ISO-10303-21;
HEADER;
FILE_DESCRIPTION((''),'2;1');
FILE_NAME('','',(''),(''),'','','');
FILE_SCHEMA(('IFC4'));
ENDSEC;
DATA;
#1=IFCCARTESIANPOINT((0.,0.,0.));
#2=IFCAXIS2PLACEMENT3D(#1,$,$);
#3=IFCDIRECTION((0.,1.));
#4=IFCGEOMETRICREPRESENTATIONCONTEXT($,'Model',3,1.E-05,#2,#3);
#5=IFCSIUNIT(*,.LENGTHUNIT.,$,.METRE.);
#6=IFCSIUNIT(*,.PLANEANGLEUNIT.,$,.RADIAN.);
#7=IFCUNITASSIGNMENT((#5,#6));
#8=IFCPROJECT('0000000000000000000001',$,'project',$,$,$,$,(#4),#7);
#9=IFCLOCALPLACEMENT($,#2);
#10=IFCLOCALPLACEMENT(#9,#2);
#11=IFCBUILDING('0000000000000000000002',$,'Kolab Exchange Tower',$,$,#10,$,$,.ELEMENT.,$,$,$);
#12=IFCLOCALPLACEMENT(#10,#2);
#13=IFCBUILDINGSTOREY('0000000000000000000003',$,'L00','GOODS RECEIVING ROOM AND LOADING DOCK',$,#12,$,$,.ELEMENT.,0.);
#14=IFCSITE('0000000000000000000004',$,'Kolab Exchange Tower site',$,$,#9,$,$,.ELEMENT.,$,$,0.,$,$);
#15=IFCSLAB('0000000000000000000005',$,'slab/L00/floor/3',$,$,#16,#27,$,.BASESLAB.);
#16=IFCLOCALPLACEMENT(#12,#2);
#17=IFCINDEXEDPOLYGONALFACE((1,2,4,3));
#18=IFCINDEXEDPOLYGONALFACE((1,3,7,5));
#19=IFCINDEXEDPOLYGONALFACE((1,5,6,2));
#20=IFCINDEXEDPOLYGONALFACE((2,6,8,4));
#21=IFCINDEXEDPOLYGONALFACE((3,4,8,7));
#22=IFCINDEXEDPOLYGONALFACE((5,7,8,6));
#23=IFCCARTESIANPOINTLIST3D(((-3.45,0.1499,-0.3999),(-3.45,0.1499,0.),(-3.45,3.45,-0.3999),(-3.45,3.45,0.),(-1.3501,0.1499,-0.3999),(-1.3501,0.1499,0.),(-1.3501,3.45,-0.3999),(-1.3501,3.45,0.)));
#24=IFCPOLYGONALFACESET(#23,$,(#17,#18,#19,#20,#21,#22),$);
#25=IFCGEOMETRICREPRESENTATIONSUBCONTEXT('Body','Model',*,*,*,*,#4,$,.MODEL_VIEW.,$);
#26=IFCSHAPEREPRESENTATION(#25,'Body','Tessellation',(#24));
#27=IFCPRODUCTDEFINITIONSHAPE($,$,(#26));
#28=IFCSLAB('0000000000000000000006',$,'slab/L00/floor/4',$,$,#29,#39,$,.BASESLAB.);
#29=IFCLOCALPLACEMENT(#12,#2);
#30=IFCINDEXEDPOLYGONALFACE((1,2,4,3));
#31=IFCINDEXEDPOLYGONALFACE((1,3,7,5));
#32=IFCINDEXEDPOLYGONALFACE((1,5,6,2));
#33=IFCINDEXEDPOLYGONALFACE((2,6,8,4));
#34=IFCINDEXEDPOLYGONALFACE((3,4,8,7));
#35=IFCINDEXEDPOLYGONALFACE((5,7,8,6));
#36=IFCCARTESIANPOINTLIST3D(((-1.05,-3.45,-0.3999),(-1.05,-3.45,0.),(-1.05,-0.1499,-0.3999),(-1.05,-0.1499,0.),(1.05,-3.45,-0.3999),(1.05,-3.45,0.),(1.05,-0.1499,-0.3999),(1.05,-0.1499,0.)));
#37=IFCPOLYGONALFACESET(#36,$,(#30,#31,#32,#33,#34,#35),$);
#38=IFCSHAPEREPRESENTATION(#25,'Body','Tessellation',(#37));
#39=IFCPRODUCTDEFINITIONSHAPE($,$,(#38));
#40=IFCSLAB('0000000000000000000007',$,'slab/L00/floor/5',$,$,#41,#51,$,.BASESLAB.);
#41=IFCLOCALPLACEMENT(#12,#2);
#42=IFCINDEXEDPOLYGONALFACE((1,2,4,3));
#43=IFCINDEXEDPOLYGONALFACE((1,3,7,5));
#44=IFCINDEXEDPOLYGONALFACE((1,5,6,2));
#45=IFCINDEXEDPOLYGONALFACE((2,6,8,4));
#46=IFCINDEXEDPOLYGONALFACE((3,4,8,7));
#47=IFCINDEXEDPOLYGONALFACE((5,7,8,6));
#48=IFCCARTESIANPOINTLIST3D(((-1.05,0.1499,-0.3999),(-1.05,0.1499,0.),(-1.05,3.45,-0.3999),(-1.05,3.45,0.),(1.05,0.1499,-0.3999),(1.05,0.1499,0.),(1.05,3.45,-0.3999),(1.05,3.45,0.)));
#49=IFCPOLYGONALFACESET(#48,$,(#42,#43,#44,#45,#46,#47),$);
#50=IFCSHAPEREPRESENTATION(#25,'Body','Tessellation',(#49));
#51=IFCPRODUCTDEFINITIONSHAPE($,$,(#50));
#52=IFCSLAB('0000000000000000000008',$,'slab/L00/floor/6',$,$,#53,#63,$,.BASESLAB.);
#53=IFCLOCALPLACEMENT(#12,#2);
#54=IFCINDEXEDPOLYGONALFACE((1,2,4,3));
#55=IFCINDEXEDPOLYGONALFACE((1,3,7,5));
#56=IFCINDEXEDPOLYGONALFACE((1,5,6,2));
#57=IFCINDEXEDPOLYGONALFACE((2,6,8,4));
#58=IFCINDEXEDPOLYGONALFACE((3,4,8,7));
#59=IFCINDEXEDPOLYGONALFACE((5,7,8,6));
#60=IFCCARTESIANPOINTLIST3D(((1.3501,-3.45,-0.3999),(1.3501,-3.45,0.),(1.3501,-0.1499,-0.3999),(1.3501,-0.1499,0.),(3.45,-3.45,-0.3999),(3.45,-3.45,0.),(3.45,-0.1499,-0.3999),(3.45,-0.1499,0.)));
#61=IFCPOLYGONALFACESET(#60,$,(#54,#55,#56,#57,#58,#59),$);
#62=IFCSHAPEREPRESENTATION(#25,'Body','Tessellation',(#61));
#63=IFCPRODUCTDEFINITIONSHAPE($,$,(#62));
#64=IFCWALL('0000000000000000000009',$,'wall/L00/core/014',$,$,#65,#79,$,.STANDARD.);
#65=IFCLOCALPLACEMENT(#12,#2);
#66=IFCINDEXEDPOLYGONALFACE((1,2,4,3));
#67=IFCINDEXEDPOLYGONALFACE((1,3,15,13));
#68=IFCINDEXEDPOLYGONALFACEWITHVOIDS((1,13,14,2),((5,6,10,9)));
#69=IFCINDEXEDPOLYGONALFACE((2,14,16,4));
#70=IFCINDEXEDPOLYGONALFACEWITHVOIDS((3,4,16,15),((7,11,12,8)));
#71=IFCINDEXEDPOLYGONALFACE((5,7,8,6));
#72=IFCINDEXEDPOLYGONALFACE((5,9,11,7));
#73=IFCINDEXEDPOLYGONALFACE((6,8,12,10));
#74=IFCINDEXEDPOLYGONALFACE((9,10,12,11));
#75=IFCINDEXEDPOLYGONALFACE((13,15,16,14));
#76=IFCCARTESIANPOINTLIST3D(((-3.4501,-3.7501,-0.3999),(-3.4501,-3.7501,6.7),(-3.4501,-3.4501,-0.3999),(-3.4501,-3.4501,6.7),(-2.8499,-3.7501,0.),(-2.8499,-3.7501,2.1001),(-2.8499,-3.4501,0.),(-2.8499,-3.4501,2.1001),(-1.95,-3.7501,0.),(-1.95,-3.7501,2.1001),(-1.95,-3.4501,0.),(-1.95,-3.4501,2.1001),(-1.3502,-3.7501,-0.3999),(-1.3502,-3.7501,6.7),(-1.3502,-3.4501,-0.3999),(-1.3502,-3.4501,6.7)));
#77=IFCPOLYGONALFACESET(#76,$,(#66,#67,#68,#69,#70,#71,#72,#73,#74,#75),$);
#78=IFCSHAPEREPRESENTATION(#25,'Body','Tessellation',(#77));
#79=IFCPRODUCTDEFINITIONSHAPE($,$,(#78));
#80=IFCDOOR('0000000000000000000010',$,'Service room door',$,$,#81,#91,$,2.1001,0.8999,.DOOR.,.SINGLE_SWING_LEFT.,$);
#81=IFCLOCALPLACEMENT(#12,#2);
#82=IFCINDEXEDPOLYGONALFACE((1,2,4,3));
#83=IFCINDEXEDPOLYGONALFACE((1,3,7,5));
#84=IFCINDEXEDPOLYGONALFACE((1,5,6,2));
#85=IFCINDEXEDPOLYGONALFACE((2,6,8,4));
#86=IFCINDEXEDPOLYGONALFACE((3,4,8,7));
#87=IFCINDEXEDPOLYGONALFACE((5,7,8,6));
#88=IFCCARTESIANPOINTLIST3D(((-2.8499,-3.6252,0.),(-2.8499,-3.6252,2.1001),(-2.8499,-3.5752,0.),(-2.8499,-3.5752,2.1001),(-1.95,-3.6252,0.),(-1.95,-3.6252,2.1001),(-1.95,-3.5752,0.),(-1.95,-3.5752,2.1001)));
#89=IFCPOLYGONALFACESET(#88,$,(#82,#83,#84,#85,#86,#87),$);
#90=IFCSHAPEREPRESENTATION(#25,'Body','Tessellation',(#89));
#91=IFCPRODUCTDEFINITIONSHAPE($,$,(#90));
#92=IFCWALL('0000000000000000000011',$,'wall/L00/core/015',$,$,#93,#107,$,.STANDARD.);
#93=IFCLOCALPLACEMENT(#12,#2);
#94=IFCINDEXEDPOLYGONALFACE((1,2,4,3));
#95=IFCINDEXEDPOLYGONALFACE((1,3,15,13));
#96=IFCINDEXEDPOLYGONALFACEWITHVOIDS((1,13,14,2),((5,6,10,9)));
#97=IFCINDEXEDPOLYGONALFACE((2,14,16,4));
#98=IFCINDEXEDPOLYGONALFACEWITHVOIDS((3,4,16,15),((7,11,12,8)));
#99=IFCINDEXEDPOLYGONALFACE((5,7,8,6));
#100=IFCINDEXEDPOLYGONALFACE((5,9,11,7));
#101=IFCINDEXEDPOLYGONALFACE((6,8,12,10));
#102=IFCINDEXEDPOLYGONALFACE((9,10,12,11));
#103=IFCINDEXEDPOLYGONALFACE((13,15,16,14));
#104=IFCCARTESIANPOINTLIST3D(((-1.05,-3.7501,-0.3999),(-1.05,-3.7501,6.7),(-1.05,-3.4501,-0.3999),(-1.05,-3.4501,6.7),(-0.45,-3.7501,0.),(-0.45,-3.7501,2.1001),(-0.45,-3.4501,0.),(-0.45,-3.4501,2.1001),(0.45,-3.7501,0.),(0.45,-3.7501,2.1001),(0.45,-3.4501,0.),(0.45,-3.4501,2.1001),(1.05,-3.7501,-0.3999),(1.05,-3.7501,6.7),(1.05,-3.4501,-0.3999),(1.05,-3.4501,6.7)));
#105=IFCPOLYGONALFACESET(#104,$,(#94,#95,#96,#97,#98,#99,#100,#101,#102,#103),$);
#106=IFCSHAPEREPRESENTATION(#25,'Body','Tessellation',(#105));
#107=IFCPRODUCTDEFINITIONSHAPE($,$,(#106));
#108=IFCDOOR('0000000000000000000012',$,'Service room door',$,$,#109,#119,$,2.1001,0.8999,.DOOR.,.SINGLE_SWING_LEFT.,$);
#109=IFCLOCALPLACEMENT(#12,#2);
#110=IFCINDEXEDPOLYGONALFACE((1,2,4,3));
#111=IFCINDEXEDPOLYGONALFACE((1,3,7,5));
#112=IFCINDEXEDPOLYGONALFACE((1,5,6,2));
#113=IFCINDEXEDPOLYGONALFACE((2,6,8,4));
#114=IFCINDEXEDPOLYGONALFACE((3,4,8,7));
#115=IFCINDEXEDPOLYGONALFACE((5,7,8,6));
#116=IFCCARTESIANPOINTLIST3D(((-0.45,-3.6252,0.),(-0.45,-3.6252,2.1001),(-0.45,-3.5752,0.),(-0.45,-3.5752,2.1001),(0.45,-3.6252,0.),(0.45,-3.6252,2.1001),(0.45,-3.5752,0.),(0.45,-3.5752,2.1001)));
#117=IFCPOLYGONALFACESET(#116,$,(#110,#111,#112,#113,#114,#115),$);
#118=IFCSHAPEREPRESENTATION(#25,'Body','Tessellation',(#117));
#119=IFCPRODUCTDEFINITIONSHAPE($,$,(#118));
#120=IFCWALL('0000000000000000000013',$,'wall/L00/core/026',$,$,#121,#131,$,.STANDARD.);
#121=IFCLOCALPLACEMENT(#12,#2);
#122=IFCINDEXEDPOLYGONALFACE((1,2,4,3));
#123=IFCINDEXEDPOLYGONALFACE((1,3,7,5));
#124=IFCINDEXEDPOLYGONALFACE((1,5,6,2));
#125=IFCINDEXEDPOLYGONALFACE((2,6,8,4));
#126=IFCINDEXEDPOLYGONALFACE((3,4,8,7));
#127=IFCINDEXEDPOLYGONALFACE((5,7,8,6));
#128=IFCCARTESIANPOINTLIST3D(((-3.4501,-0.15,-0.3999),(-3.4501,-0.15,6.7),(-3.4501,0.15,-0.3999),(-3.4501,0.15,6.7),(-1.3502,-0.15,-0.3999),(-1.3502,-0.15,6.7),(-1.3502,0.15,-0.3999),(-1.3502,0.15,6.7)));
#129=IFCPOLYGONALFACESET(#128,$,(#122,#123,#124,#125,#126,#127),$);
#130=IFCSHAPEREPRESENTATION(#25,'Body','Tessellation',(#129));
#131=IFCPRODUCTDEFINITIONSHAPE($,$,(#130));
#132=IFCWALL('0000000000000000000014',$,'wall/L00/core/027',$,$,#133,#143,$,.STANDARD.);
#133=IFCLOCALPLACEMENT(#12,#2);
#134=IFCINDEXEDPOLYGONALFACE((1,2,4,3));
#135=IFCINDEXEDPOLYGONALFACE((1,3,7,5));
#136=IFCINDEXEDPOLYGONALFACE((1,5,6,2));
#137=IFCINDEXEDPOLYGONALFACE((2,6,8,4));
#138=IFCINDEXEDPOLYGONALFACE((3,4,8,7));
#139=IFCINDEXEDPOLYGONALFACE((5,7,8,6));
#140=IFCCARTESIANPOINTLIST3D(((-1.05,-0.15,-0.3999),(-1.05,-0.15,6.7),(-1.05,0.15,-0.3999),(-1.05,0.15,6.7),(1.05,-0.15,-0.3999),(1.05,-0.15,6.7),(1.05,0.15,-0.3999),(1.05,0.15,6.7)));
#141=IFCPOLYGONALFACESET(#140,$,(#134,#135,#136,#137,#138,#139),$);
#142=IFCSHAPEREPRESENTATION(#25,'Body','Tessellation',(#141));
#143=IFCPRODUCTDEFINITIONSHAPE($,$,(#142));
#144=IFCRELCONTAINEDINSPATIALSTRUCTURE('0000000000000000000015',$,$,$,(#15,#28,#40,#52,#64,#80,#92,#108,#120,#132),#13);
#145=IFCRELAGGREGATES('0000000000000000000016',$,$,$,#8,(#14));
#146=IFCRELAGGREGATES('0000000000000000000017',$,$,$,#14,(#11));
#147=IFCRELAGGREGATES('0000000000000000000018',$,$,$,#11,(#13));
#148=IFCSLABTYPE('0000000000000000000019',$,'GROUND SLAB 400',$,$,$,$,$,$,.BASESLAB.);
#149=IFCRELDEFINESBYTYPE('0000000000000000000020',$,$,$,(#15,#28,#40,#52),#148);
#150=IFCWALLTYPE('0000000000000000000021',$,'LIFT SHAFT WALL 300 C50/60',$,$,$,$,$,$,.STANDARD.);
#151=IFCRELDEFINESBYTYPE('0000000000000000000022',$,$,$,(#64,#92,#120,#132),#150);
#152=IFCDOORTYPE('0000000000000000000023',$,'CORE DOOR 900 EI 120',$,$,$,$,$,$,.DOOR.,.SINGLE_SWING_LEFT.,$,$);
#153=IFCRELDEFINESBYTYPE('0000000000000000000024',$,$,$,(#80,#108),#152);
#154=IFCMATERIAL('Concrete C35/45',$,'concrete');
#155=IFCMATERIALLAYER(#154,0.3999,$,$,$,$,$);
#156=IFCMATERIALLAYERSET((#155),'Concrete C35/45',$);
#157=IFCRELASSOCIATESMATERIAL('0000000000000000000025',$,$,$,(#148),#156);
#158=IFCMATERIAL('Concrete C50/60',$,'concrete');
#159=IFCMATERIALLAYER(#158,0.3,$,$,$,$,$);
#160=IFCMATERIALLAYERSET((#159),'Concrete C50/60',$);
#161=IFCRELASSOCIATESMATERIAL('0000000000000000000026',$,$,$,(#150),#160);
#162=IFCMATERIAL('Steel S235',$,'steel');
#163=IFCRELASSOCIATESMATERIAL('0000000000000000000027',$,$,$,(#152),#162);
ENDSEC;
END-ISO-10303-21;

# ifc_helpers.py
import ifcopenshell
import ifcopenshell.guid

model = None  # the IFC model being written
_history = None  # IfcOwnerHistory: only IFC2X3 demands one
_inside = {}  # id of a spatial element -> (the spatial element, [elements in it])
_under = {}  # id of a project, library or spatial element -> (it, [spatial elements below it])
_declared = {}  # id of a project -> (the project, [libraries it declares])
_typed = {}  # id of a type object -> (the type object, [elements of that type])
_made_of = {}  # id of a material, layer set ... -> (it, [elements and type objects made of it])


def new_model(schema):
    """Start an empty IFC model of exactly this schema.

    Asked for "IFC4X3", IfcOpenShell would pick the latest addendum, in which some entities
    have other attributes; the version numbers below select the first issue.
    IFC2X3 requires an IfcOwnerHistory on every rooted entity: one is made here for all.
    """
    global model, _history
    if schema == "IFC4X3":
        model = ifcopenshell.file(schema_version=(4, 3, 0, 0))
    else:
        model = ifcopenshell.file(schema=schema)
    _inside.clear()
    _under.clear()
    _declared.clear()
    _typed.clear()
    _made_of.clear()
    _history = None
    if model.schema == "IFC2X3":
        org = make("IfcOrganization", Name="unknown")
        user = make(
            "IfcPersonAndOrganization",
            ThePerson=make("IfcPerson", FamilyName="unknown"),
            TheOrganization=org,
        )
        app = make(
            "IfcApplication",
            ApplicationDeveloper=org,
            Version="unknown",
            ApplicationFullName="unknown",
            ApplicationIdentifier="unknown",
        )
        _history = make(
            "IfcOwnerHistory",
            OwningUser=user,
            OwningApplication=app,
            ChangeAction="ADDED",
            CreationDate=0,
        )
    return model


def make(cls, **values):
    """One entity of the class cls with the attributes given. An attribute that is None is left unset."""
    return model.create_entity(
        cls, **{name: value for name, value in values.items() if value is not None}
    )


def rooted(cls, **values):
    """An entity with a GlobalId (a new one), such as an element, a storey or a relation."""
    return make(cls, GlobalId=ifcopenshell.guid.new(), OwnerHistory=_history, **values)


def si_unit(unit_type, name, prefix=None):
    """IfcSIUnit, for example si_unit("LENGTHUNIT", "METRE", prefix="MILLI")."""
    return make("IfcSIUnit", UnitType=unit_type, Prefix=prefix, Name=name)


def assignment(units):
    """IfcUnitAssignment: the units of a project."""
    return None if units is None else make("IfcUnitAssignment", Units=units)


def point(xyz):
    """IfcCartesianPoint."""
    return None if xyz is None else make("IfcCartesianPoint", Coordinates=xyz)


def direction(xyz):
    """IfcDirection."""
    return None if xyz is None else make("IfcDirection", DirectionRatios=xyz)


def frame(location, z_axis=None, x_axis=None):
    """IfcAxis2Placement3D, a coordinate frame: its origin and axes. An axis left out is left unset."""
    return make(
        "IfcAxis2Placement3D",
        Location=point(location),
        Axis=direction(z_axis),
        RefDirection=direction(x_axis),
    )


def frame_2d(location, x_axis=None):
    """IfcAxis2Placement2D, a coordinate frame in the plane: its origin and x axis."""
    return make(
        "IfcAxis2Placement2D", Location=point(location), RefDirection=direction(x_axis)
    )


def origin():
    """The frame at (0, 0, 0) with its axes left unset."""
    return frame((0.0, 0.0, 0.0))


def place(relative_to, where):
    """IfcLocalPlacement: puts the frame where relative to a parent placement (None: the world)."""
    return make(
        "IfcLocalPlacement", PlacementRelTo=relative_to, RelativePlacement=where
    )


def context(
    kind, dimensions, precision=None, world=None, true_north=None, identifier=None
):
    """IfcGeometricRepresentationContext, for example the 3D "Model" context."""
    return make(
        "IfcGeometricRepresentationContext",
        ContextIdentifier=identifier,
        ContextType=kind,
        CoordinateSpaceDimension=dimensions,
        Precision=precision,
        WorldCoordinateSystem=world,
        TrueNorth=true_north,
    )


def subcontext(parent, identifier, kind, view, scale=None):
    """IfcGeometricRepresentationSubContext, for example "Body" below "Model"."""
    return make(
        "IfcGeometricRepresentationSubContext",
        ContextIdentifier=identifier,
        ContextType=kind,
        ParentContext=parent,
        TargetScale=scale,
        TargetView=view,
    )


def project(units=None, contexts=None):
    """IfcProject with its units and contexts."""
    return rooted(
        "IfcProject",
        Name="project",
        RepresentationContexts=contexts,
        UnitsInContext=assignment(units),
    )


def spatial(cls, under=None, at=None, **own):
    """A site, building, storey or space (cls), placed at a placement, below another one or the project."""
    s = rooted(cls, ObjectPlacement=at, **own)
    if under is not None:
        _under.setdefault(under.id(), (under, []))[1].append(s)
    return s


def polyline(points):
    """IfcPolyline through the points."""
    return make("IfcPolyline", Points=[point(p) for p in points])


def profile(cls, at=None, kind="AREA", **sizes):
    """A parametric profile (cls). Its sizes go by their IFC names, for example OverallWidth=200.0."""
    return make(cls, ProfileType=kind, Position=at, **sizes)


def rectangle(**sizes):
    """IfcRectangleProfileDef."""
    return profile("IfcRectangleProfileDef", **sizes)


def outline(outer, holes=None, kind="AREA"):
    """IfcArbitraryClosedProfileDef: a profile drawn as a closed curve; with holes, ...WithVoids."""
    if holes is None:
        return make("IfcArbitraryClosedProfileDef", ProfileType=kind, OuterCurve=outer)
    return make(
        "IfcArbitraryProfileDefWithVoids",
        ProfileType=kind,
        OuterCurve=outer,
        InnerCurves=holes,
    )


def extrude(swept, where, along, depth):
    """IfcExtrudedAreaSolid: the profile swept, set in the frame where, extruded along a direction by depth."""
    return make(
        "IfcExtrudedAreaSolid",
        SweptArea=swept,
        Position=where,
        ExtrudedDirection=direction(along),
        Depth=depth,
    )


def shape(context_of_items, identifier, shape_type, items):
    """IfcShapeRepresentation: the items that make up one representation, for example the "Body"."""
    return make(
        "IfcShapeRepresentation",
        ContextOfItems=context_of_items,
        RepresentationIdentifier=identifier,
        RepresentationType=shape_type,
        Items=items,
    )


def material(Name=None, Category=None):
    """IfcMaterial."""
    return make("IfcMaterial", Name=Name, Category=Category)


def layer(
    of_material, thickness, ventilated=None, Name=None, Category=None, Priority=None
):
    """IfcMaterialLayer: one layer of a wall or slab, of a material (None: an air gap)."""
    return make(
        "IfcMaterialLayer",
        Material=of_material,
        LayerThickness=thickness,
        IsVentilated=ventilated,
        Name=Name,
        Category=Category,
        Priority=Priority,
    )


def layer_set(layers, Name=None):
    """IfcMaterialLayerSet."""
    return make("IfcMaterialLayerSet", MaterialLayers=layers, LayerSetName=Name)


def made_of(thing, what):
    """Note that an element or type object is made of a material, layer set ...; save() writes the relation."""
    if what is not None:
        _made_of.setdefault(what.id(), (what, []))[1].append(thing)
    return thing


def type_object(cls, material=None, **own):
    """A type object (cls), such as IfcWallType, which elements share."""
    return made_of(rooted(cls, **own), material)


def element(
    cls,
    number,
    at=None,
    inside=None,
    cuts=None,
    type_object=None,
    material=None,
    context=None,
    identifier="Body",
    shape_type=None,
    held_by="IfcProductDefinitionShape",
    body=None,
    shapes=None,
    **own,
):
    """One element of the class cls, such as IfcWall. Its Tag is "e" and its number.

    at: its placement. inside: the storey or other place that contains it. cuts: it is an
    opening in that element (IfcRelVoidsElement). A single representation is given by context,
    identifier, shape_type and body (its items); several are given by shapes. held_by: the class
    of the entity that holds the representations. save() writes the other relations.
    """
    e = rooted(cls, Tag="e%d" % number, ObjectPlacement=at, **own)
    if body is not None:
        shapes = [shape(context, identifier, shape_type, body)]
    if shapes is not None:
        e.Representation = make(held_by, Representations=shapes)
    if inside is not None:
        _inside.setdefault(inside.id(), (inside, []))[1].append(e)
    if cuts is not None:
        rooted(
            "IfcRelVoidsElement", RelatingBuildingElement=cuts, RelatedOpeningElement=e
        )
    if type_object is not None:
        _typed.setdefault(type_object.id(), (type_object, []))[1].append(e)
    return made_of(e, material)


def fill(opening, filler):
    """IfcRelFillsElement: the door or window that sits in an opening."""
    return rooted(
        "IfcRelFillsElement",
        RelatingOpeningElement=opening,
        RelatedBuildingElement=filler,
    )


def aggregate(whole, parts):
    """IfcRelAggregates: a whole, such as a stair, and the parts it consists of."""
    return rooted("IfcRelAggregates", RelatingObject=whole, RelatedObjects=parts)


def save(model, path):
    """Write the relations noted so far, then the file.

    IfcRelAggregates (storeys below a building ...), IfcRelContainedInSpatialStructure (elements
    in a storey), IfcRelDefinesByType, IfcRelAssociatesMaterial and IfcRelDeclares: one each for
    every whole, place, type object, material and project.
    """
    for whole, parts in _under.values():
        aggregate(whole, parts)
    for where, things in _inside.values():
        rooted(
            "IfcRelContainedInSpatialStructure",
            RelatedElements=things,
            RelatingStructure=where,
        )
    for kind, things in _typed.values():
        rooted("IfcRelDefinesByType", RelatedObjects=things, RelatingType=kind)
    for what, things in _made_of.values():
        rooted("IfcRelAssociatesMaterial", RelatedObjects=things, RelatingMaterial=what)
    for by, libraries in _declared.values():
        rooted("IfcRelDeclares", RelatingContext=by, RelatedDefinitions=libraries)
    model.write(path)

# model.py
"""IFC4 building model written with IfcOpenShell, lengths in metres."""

from ifc_helpers import new_model, si_unit, direction, frame, frame_2d, origin, place, context, subcontext, project, spatial, polyline, rectangle, outline, extrude, material, layer, layer_set, type_object, element, fill, save


model = new_model("IFC4")

# Units and contexts
model_context = context("Model", 3, precision=1e-05, world=origin(), true_north=direction((0.0, 1.0)))
body_context = subcontext(model_context, "Body", "Model", "MODEL_VIEW")
ifc_project = project(units=[si_unit("LENGTHUNIT", "METRE"), si_unit("PLANEANGLEUNIT", "RADIAN")], contexts=[model_context])

# Site, building, storey
site_placement = place(None, origin())
site = spatial("IfcSite", under=ifc_project, at=site_placement, Name="Kolab Exchange Tower site", CompositionType="ELEMENT", RefElevation=0.0)
building_placement = place(site_placement, origin())
building = spatial("IfcBuilding", under=site, at=building_placement, Name="Kolab Exchange Tower", CompositionType="ELEMENT")
storey_placement = place(building_placement, origin())
storey = spatial("IfcBuildingStorey", under=building, at=storey_placement, Name="L00", Description="GOODS RECEIVING ROOM AND LOADING DOCK", CompositionType="ELEMENT", Elevation=0.0)

# Shared definitions
ifc_material_1 = material(Name="Concrete C35/45", Category="concrete")

# Slabs
ifc_layer_1 = layer(ifc_material_1, 0.3999)
ifc_layer_set_1 = layer_set([ifc_layer_1], Name="Concrete C35/45")
slab_type = type_object("IfcSlabType", Name="GROUND SLAB 400", PredefinedType="BASESLAB", material=ifc_layer_set_1)
slab_1_placement = place(storey_placement, frame((0.0, 0.0, -0.3999)))
element("IfcSlab", 1, at=slab_1_placement, inside=storey, type_object=slab_type, Name="slab/L00/floor/3", PredefinedType="BASESLAB", context=body_context, shape_type="SweptSolid", body=[
    extrude(outline(polyline([(-1.3501, 3.45), (-3.45, 3.45), (-3.45, 0.1499), (-1.3501, 0.1499), (-1.3501, 3.45)])), origin(), (0.0, 0.0, 1.0), 0.3999),
])
slab_2_placement = place(storey_placement, frame((0.0, 0.0, -0.3999)))
element("IfcSlab", 2, at=slab_2_placement, inside=storey, type_object=slab_type, Name="slab/L00/floor/4", PredefinedType="BASESLAB", context=body_context, shape_type="SweptSolid", body=[
    extrude(outline(polyline([(-1.05, -3.45), (1.05, -3.45), (1.05, -0.1499), (-1.05, -0.1499), (-1.05, -3.45)])), origin(), (0.0, 0.0, 1.0), 0.3999),
])
slab_3_placement = place(storey_placement, frame((0.0, 0.0, -0.3999)))
element("IfcSlab", 3, at=slab_3_placement, inside=storey, type_object=slab_type, Name="slab/L00/floor/5", PredefinedType="BASESLAB", context=body_context, shape_type="SweptSolid", body=[
    extrude(outline(polyline([(1.05, 0.1499), (1.05, 3.45), (-1.05, 3.45), (-1.05, 0.1499), (1.05, 0.1499)])), origin(), (0.0, 0.0, 1.0), 0.3999),
])
slab_4_placement = place(storey_placement, frame((0.0, 0.0, -0.3999)))
element("IfcSlab", 4, at=slab_4_placement, inside=storey, type_object=slab_type, Name="slab/L00/floor/6", PredefinedType="BASESLAB", context=body_context, shape_type="SweptSolid", body=[
    extrude(outline(polyline([(1.3501, -3.45), (3.45, -3.45), (3.45, -0.1499), (1.3501, -0.1499), (1.3501, -3.45)])), origin(), (0.0, 0.0, 1.0), 0.3999),
])

# Walls, openings, doors
ifc_material_2 = material(Name="Concrete C50/60", Category="concrete")
ifc_layer_2 = layer(ifc_material_2, 0.3)
ifc_layer_set_2 = layer_set([ifc_layer_2], Name="Concrete C50/60")
wall_type_1 = type_object("IfcWallType", Name="LIFT SHAFT WALL 300 C50/60", PredefinedType="STANDARD", material=ifc_layer_set_2)
wall_1_placement = place(storey_placement, frame((-3.45, -3.6001, -0.3999), z_axis=(0.0, 0.0, 1.0), x_axis=(1.0, 0.0, 0.0)))
wall_1 = element("IfcWall", 5, at=wall_1_placement, inside=storey, type_object=wall_type_1, Name="wall/L00/core/014", PredefinedType="STANDARD", context=body_context, shape_type="SweptSolid", body=[
    extrude(rectangle(XDim=2.0999, YDim=0.3, at=frame_2d((1.0498, 0.0))), origin(), (0.0, 0.0, 1.0), 7.0999),
])
opening_1_placement = place(wall_1_placement, frame((0.6001, 0.0, 0.3999)))
opening_1 = element("IfcOpeningElement", 6, at=opening_1_placement, cuts=wall_1, PredefinedType="OPENING", context=body_context, shape_type="SweptSolid", body=[
    extrude(rectangle(XDim=0.8999, YDim=2.1001, at=frame_2d((0.45, 1.05))), frame((0.0, 0.1602, 0.0), z_axis=(0.0, -1.0, 0.0), x_axis=(1.0, 0.0, 0.0)), (0.0, 0.0, 1.0), 0.3201),
])
ifc_material_3 = material(Name="Steel S235", Category="steel")
door_type_1 = type_object("IfcDoorType", Name="CORE DOOR 900 EI 120", OperationType="SINGLE_SWING_LEFT", PredefinedType="DOOR", material=ifc_material_3)
door_1_placement = place(opening_1_placement, origin())
door_1 = element("IfcDoor", 7, at=door_1_placement, inside=storey, type_object=door_type_1, Name="Service room door", OperationType="SINGLE_SWING_LEFT", OverallHeight=2.1001, OverallWidth=0.8999, PredefinedType="DOOR", context=body_context, shape_type="SweptSolid", body=[
    extrude(rectangle(XDim=0.8999, YDim=2.1001, at=frame_2d((0.45, 1.05))), frame((0.0, 0.0249, 0.0), z_axis=(0.0, -1.0, 0.0), x_axis=(1.0, 0.0, 0.0)), (0.0, 0.0, 1.0), 0.05),
])
fill(opening_1, door_1)
wall_2_placement = place(storey_placement, frame((-1.05, -3.6001, -0.3999), z_axis=(0.0, 0.0, 1.0), x_axis=(1.0, 0.0, 0.0)))
wall_2 = element("IfcWall", 8, at=wall_2_placement, inside=storey, type_object=wall_type_1, Name="wall/L00/core/015", PredefinedType="STANDARD", context=body_context, shape_type="SweptSolid", body=[
    extrude(rectangle(XDim=2.1001, YDim=0.3, at=frame_2d((1.05, 0.0))), origin(), (0.0, 0.0, 1.0), 7.0999),
])
opening_2_placement = place(wall_2_placement, frame((0.6001, 0.0, 0.3999)))
opening_2 = element("IfcOpeningElement", 9, at=opening_2_placement, cuts=wall_2, PredefinedType="OPENING", context=body_context, shape_type="SweptSolid", body=[
    extrude(rectangle(XDim=0.8999, YDim=2.1001, at=frame_2d((0.45, 1.05))), frame((0.0, 0.1602, 0.0), z_axis=(0.0, -1.0, 0.0), x_axis=(1.0, 0.0, 0.0)), (0.0, 0.0, 1.0), 0.3201),
])
door_2_placement = place(opening_2_placement, origin())
door_2 = element("IfcDoor", 10, at=door_2_placement, inside=storey, type_object=door_type_1, Name="Service room door", OperationType="SINGLE_SWING_LEFT", OverallHeight=2.1001, OverallWidth=0.8999, PredefinedType="DOOR", context=body_context, shape_type="SweptSolid", body=[
    extrude(rectangle(XDim=0.8999, YDim=2.1001, at=frame_2d((0.45, 1.05))), frame((0.0, 0.0249, 0.0), z_axis=(0.0, -1.0, 0.0), x_axis=(1.0, 0.0, 0.0)), (0.0, 0.0, 1.0), 0.05),
])
fill(opening_2, door_2)

# Walls
wall_3_placement = place(storey_placement, frame((-3.45, 0.0, -0.3999), z_axis=(0.0, 0.0, 1.0), x_axis=(1.0, 0.0, 0.0)))
element("IfcWall", 11, at=wall_3_placement, inside=storey, type_object=wall_type_1, Name="wall/L00/core/026", PredefinedType="STANDARD", context=body_context, shape_type="SweptSolid", body=[
    extrude(rectangle(XDim=2.0999, YDim=0.3, at=frame_2d((1.0498, 0.0))), origin(), (0.0, 0.0, 1.0), 7.0999),
])
wall_4_placement = place(storey_placement, frame((-1.05, 0.0, -0.3999), z_axis=(0.0, 0.0, 1.0), x_axis=(1.0, 0.0, 0.0)))
element("IfcWall", 12, at=wall_4_placement, inside=storey, type_object=wall_type_1, Name="wall/L00/core/027", PredefinedType="STANDARD", context=body_context, shape_type="SweptSolid", body=[
    extrude(rectangle(XDim=2.1001, YDim=0.3, at=frame_2d((1.05, 0.0))), origin(), (0.0, 0.0, 1.0), 7.0999),
])

save(model, "model.ifc")
